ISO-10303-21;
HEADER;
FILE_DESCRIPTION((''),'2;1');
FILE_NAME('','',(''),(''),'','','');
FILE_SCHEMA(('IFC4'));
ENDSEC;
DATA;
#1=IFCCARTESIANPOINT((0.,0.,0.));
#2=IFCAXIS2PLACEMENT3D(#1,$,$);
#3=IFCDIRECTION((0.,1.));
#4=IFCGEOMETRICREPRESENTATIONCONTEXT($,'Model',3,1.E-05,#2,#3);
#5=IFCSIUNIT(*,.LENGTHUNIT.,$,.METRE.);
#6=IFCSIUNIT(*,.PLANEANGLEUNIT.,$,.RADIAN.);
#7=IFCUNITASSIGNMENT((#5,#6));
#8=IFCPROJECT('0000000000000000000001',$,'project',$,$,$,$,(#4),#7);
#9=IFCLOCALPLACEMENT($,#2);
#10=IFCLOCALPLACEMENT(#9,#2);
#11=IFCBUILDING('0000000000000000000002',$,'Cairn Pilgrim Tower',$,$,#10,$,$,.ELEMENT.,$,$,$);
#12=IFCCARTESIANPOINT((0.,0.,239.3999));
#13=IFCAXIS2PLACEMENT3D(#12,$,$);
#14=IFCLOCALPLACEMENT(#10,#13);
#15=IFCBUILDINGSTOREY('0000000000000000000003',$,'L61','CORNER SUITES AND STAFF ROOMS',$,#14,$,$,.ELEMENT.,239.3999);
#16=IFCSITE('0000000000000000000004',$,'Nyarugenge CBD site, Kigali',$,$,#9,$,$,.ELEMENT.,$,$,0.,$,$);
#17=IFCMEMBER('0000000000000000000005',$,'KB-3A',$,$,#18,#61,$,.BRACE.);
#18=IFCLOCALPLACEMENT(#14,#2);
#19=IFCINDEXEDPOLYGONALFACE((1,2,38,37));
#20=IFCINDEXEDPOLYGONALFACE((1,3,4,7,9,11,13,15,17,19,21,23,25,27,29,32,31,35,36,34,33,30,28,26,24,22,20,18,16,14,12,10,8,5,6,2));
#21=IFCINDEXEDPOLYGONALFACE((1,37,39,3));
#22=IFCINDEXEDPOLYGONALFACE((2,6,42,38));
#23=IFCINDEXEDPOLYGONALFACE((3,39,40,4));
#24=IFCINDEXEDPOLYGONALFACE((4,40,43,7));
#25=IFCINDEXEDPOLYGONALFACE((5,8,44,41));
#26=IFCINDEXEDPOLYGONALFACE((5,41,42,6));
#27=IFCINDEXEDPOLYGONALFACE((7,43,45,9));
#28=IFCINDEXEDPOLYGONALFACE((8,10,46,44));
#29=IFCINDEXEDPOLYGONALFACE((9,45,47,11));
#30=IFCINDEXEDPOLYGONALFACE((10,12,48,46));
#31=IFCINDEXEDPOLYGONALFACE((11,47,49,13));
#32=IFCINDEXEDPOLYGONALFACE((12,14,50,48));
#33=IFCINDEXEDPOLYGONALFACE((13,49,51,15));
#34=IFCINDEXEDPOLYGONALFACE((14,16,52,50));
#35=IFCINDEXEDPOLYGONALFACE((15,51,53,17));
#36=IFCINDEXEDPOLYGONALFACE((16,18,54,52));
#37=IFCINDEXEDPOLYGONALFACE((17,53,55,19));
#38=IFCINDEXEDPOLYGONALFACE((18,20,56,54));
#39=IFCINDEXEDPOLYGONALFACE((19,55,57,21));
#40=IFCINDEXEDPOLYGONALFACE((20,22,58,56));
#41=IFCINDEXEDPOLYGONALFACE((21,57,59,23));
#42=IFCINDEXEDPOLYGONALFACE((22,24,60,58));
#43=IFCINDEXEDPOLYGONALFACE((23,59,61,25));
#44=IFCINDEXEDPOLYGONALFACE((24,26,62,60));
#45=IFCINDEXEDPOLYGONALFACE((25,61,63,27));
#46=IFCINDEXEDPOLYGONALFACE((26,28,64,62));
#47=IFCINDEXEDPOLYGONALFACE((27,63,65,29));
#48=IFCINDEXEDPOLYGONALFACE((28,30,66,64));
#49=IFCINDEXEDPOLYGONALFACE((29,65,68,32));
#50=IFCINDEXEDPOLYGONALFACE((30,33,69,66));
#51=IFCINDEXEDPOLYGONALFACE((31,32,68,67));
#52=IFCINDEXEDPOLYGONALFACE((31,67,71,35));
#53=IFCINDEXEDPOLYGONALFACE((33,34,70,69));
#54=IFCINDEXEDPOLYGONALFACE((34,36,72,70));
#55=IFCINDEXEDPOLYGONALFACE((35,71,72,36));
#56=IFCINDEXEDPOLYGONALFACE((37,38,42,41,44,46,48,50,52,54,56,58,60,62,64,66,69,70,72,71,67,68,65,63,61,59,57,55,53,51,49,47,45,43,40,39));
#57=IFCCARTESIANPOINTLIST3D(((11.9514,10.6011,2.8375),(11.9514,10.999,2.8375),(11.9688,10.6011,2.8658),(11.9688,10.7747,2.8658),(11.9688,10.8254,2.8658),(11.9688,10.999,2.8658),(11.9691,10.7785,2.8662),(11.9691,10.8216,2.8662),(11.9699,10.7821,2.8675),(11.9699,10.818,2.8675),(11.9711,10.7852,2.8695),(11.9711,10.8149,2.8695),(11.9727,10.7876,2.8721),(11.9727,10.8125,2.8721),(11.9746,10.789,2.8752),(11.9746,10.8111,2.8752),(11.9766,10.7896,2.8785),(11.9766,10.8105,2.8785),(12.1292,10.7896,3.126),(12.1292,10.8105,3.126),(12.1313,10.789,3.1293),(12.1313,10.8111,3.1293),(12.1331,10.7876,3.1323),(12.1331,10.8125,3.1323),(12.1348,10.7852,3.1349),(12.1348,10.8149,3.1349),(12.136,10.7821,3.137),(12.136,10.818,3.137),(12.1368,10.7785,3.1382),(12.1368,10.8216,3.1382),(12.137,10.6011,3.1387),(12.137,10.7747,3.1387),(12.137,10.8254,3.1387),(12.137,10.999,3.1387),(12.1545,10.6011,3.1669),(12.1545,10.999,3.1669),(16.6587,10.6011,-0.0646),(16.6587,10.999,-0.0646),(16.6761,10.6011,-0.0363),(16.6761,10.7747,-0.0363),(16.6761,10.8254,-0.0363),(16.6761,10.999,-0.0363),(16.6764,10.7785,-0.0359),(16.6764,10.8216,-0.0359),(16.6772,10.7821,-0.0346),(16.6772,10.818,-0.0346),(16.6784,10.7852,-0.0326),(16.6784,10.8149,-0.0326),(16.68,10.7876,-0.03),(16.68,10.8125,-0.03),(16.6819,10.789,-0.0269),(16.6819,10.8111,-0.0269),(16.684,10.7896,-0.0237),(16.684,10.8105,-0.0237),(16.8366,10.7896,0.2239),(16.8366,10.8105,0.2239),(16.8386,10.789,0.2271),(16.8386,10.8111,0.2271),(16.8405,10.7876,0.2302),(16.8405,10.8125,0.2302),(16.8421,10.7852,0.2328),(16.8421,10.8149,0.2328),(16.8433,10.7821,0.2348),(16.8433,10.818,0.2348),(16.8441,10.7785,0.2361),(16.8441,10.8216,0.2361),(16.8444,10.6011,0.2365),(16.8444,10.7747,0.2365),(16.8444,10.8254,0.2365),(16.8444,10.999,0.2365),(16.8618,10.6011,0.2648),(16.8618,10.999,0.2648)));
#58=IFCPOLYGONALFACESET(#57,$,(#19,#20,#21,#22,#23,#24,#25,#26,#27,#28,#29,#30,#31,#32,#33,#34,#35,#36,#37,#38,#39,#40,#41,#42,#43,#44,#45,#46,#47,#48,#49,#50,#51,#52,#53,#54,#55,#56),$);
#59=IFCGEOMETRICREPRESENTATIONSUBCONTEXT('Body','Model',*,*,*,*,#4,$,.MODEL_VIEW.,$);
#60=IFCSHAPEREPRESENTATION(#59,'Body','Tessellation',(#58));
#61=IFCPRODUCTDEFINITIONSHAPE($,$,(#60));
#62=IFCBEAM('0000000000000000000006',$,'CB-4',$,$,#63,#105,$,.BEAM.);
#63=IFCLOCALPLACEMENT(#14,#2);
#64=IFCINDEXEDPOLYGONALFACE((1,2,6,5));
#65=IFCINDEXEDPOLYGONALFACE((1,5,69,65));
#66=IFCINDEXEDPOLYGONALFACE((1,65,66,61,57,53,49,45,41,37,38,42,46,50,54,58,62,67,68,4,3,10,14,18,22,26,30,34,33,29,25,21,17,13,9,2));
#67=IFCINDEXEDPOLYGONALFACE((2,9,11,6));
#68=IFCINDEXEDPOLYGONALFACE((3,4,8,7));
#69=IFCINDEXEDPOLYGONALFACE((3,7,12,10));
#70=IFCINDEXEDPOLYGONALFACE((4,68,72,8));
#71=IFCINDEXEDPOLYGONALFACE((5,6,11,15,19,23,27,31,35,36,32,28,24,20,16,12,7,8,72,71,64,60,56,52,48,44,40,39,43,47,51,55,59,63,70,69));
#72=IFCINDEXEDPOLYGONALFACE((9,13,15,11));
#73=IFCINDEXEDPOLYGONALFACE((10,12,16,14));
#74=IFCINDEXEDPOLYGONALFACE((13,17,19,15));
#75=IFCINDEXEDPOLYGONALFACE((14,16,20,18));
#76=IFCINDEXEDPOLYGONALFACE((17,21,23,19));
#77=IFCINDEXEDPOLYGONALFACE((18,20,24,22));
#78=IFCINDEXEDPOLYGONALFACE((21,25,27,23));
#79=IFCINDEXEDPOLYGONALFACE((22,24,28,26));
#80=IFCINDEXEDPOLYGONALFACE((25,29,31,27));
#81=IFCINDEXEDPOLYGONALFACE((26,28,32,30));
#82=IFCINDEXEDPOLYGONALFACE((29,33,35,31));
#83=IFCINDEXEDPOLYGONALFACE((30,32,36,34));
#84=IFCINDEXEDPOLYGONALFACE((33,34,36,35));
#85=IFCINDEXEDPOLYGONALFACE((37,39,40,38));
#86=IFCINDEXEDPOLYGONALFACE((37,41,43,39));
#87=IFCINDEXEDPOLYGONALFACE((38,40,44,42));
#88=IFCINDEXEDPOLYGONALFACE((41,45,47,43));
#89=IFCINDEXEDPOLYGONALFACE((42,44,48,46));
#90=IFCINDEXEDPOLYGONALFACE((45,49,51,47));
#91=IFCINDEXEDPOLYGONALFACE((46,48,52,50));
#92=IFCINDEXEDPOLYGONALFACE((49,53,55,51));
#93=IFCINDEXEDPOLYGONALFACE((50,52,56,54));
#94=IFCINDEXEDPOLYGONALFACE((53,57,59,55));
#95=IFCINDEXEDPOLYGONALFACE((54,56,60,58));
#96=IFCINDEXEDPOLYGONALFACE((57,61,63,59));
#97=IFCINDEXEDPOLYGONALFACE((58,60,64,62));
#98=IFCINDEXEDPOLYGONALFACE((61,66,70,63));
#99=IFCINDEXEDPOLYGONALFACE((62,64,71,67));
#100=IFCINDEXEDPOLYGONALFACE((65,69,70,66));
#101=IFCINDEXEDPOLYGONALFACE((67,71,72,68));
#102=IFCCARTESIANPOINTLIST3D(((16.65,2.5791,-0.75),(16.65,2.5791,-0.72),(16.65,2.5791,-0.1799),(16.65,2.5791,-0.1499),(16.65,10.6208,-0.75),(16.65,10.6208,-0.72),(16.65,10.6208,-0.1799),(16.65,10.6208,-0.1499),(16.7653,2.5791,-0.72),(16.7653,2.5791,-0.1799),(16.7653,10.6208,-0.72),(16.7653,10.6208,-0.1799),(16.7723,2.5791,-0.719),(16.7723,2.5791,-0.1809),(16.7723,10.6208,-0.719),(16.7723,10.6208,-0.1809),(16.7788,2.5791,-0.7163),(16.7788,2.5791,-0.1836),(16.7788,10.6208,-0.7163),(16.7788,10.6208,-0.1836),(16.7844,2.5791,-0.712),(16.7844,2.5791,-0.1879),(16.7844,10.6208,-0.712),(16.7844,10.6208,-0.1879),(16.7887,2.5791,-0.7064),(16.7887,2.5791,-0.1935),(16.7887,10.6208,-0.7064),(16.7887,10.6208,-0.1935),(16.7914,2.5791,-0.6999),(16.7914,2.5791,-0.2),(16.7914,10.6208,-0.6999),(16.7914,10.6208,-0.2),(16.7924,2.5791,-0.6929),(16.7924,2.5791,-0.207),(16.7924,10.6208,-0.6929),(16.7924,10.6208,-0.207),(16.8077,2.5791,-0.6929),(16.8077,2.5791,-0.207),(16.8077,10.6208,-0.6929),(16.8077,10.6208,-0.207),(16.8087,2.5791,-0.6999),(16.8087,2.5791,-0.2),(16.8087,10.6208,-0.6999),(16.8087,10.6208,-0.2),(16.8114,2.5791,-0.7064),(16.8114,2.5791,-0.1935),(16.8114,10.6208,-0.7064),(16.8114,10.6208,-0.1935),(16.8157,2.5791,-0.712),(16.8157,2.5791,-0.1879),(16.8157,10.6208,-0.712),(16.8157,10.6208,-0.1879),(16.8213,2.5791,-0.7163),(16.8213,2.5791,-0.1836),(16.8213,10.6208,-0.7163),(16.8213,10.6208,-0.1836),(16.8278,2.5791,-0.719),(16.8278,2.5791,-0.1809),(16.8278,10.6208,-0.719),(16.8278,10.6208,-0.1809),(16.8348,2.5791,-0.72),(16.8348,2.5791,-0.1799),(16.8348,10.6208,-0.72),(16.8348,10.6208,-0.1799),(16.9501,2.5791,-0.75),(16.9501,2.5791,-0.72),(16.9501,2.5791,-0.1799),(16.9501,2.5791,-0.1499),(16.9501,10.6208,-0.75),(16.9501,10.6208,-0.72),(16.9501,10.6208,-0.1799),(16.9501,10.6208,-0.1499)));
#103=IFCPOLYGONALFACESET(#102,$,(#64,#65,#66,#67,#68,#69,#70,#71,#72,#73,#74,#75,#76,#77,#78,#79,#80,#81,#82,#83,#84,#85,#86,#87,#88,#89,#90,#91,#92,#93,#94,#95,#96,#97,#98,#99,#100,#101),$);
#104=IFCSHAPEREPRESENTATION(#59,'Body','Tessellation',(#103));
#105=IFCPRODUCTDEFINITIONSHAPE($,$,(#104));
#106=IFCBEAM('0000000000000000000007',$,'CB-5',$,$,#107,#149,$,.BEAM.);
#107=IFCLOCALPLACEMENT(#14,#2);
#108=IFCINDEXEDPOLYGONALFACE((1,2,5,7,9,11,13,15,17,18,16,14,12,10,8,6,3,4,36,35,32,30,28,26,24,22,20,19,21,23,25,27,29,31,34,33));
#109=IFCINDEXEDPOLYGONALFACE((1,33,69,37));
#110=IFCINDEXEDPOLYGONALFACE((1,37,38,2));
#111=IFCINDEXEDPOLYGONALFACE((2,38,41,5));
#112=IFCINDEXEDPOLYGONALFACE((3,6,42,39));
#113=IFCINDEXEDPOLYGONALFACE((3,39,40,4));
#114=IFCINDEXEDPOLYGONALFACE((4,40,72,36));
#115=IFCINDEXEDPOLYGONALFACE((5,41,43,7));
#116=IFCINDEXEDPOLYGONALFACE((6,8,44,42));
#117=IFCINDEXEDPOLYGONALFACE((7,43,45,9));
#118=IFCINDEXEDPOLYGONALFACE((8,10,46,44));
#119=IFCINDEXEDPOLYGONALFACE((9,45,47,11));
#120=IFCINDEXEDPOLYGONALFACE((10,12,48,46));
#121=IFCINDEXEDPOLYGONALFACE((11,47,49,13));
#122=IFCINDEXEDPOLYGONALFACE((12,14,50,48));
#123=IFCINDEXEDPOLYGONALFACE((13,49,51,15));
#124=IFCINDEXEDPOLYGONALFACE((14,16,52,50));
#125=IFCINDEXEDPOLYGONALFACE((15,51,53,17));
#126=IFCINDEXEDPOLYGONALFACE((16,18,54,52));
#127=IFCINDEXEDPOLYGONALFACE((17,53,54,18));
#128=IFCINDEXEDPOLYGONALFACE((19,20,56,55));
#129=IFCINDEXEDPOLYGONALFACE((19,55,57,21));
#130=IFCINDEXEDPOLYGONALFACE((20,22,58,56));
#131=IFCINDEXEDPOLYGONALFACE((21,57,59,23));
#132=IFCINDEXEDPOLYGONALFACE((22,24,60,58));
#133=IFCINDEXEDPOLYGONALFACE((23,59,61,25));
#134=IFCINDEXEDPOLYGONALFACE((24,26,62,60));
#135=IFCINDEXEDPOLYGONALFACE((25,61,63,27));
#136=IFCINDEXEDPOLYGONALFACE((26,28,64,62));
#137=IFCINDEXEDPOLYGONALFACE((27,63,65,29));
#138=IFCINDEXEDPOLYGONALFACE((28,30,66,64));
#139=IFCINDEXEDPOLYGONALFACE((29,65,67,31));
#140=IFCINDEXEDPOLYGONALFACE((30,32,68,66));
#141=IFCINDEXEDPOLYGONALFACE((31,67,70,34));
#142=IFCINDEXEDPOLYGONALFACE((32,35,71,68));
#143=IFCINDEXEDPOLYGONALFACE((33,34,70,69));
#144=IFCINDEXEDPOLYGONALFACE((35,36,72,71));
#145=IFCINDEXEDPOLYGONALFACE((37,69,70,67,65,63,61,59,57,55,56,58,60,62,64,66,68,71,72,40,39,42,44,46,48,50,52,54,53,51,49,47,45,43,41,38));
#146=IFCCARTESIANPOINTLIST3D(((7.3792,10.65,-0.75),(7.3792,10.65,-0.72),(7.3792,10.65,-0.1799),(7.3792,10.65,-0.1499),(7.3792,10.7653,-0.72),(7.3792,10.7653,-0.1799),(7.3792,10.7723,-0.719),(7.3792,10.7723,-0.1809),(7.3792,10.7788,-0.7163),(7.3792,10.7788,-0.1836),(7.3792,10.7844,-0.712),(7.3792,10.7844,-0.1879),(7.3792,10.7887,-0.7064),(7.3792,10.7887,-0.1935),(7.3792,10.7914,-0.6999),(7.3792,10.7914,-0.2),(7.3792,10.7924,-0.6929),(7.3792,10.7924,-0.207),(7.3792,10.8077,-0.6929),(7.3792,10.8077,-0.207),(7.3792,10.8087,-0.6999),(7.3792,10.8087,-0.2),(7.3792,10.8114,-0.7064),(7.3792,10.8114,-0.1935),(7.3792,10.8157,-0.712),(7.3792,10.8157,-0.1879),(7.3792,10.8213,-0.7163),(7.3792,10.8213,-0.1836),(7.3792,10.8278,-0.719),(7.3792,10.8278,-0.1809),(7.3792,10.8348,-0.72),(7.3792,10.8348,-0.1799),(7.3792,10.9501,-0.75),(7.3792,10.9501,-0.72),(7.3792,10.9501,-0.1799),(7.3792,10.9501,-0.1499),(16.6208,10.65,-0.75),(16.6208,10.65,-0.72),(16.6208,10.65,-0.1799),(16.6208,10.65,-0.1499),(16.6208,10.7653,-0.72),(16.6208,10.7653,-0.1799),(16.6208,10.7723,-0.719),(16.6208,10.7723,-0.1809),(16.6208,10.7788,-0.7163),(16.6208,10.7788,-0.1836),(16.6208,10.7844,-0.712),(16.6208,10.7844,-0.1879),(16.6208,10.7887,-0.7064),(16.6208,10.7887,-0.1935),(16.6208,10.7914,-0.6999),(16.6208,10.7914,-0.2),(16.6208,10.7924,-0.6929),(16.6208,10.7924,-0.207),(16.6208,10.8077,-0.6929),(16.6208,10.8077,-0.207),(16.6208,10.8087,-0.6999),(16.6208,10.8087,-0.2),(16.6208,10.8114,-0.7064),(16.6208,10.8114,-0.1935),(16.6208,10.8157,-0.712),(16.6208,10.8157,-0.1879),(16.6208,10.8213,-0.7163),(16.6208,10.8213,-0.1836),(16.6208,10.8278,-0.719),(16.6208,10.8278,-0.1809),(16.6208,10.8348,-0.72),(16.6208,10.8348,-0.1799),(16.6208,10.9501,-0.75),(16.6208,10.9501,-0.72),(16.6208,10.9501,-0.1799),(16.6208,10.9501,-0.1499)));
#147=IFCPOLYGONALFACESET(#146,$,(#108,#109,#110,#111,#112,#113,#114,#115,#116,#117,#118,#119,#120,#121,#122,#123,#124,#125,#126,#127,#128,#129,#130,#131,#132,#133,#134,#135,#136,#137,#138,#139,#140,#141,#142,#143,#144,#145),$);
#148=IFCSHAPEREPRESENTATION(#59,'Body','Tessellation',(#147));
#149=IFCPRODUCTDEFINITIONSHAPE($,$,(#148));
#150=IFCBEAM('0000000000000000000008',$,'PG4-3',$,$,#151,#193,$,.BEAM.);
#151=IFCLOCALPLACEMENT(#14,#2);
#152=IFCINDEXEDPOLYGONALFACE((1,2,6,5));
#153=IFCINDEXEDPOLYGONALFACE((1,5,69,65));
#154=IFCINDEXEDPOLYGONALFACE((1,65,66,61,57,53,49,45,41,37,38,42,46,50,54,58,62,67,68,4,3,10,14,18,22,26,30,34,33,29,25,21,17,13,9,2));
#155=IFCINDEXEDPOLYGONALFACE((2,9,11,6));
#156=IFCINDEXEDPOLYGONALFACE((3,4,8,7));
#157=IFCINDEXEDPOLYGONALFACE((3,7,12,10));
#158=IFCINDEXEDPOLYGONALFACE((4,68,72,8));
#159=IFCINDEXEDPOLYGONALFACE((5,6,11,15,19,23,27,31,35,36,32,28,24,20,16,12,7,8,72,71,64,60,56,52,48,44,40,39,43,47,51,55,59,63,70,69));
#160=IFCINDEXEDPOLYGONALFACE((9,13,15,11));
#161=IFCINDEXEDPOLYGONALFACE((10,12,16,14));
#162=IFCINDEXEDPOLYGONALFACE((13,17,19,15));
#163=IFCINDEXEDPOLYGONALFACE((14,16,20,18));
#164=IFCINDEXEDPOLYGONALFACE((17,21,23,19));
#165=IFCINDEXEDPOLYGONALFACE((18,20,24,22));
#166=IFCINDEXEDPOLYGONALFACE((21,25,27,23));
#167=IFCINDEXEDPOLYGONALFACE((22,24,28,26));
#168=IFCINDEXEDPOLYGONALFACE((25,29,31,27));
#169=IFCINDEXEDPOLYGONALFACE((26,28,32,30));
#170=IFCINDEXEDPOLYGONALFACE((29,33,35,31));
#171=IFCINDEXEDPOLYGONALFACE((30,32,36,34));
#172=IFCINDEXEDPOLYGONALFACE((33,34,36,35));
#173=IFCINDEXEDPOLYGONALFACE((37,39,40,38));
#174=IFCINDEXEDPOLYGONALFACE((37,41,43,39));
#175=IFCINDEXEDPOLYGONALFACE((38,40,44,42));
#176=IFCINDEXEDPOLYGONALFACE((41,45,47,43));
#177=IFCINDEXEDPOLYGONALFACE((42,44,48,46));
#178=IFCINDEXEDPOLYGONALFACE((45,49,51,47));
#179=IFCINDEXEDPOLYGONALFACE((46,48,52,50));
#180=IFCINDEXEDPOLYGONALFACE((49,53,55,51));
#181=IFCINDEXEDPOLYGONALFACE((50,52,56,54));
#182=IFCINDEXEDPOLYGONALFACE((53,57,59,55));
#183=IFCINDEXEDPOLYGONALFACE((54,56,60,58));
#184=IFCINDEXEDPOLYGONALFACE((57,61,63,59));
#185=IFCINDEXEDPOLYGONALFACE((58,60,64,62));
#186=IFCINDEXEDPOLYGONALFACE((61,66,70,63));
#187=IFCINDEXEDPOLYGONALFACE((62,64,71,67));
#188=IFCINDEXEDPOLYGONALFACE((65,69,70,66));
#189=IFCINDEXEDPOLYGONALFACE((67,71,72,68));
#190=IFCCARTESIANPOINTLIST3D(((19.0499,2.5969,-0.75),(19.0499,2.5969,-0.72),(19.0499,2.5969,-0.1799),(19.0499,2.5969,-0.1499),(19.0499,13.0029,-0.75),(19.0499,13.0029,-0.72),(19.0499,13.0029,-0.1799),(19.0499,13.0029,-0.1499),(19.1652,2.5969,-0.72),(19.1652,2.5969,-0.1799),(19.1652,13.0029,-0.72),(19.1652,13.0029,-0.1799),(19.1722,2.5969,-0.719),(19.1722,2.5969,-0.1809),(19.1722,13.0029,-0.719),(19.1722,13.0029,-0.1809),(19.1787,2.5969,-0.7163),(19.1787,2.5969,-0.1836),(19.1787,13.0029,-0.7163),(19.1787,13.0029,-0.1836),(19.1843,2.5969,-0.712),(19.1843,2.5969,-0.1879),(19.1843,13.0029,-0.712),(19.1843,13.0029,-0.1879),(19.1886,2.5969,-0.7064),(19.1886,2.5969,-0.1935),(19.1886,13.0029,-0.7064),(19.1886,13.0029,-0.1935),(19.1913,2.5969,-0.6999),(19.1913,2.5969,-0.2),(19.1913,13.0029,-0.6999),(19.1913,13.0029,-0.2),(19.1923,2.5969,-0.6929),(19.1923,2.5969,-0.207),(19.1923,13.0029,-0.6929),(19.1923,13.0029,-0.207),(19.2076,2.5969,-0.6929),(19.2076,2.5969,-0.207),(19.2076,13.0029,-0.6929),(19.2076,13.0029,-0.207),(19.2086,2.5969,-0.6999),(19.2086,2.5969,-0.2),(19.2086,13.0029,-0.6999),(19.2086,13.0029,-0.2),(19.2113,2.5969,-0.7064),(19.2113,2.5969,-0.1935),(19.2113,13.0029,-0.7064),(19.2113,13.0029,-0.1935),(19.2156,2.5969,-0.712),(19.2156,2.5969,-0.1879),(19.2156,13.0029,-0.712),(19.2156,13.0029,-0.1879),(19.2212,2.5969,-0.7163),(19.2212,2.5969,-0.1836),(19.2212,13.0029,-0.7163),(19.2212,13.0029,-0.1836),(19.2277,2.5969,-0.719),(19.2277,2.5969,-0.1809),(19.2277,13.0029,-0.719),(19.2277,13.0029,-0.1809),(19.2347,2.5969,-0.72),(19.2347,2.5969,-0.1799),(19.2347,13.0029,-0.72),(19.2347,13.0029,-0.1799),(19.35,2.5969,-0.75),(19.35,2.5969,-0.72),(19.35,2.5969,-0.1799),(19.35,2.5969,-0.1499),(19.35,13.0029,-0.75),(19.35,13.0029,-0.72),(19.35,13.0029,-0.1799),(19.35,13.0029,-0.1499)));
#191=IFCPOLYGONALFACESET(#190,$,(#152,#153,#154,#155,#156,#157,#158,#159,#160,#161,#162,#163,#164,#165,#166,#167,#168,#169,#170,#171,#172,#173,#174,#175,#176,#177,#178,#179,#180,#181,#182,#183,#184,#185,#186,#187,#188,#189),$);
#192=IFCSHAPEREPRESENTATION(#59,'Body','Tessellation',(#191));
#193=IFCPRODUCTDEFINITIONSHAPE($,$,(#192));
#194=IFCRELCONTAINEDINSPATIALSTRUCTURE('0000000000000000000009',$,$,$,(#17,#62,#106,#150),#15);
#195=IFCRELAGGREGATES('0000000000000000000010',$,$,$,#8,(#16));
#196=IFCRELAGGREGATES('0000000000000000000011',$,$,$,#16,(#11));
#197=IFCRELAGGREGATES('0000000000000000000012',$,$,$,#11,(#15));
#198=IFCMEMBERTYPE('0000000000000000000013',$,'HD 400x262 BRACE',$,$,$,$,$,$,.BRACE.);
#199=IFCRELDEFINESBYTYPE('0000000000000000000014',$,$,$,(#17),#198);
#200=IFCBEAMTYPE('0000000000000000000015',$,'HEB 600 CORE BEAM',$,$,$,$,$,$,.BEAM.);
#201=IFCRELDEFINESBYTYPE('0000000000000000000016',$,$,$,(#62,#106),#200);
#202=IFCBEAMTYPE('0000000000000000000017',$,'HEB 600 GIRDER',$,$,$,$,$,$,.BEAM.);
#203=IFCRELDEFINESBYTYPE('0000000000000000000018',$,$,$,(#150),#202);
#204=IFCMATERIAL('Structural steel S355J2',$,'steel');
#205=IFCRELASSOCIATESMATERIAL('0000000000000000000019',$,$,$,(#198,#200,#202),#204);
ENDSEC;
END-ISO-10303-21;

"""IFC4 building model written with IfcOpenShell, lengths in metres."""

from ifc_helpers import new_model, si_unit, direction, frame, origin, origin_2d, place, context, subcontext, project, spatial, i_section, extrude, material, material_profile, profile_set, type_object, element, save


model = new_model("IFC4")

# Units and contexts
model_context = context("Model", 3, precision=1e-05, world=origin(), true_north=direction((0.0, 1.0)))
body_context = subcontext(model_context, "Body", "Model", "MODEL_VIEW")
ifc_project = project(units=[si_unit("LENGTHUNIT", "METRE"), si_unit("PLANEANGLEUNIT", "RADIAN")], contexts=[model_context])

# Site, building, storey
site_placement = place(None, origin())
site = spatial("IfcSite", under=ifc_project, at=site_placement, Name="Nyarugenge CBD site, Kigali", CompositionType="ELEMENT", RefElevation=0.0)
building_placement = place(site_placement, origin())
building = spatial("IfcBuilding", under=site, at=building_placement, Name="Cairn Pilgrim Tower", CompositionType="ELEMENT")
storey_placement = place(building_placement, frame((0.0, 0.0, 239.3999)))
storey = spatial("IfcBuildingStorey", under=building, at=storey_placement, Name="L61", Description="CORNER SUITES AND STAFF ROOMS", CompositionType="ELEMENT", Elevation=239.3999)

# Shared definitions
ifc_material_1 = material(Name="Structural steel S355J2", Category="steel")

# Member
ifc_material_profile_1 = material_profile(ifc_material_1, i_section(OverallWidth=0.3979, OverallDepth=0.387, WebThickness=0.021, FlangeThickness=0.0332, FilletRadius=0.0149, at=origin_2d()), Name="HD 400x262")
ifc_profile_set_1 = profile_set([ifc_material_profile_1], Name="Structural steel S355J2")
member_type = type_object("IfcMemberType", Name="HD 400x262 BRACE", PredefinedType="BRACE", material=ifc_profile_set_1)
member_1_placement = place(storey_placement, frame((16.7603, 10.8, 0.1001), z_axis=(-0.851229, 0.0, 0.524794), x_axis=(0.0, -1.0, 0.0)))
element("IfcMember", 1, at=member_1_placement, inside=storey, type_object=member_type, Name="KB-3A", PredefinedType="BRACE", context=body_context, shape_type="SweptSolid", body=[
    extrude(i_section(OverallWidth=0.3979, OverallDepth=0.387, WebThickness=0.021, FlangeThickness=0.0332, FilletRadius=0.0149, at=origin_2d()), origin(), (0.0, 0.0, 1.0), 5.53),
])

# Beams
ifc_material_profile_2 = material_profile(ifc_material_1, i_section(OverallWidth=0.3, OverallDepth=0.6001, WebThickness=0.0154, FlangeThickness=0.03, FilletRadius=0.0271, at=origin_2d()), Name="HEB 600")
ifc_profile_set_2 = profile_set([ifc_material_profile_2], Name="Structural steel S355J2")
beam_type_1 = type_object("IfcBeamType", Name="HEB 600 CORE BEAM", PredefinedType="BEAM", material=ifc_profile_set_2)
beam_1_placement = place(storey_placement, frame((16.8, 2.5791, -0.45), z_axis=(0.0, 1.0, 0.0), x_axis=(-1.0, 0.0, 0.0)))
element("IfcBeam", 2, at=beam_1_placement, inside=storey, type_object=beam_type_1, Name="CB-4", PredefinedType="BEAM", context=body_context, shape_type="SweptSolid", body=[
    extrude(i_section(OverallWidth=0.3, OverallDepth=0.6001, WebThickness=0.0154, FlangeThickness=0.03, FilletRadius=0.0271, at=origin_2d()), origin(), (0.0, 0.0, 1.0), 8.0417),
])
beam_2_placement = place(storey_placement, frame((16.6208, 10.8, -0.45), z_axis=(-1.0, 0.0, 0.0), x_axis=(0.0, -1.0, 0.0)))
element("IfcBeam", 3, at=beam_2_placement, inside=storey, type_object=beam_type_1, Name="CB-5", PredefinedType="BEAM", context=body_context, shape_type="SweptSolid", body=[
    extrude(i_section(OverallWidth=0.3, OverallDepth=0.6001, WebThickness=0.0154, FlangeThickness=0.03, FilletRadius=0.0271, at=origin_2d()), origin(), (0.0, 0.0, 1.0), 9.2417),
])
ifc_material_profile_3 = material_profile(ifc_material_1, i_section(OverallWidth=0.3, OverallDepth=0.6001, WebThickness=0.0154, FlangeThickness=0.03, FilletRadius=0.0271, at=origin_2d()), Name="HEB 600")
ifc_profile_set_3 = profile_set([ifc_material_profile_3], Name="Structural steel S355J2")
beam_type_2 = type_object("IfcBeamType", Name="HEB 600 GIRDER", PredefinedType="BEAM", material=ifc_profile_set_3)
beam_3_placement = place(storey_placement, frame((19.2, 2.5969, -0.45), z_axis=(0.0, 1.0, 0.0), x_axis=(-1.0, 0.0, 0.0)))
element("IfcBeam", 4, at=beam_3_placement, inside=storey, type_object=beam_type_2, Name="PG4-3", PredefinedType="BEAM", context=body_context, shape_type="SweptSolid", body=[
    extrude(i_section(OverallWidth=0.3, OverallDepth=0.6001, WebThickness=0.0154, FlangeThickness=0.03, FilletRadius=0.0271, at=origin_2d()), origin(), (0.0, 0.0, 1.0), 10.406),
])

save(model, "model.ifc")
